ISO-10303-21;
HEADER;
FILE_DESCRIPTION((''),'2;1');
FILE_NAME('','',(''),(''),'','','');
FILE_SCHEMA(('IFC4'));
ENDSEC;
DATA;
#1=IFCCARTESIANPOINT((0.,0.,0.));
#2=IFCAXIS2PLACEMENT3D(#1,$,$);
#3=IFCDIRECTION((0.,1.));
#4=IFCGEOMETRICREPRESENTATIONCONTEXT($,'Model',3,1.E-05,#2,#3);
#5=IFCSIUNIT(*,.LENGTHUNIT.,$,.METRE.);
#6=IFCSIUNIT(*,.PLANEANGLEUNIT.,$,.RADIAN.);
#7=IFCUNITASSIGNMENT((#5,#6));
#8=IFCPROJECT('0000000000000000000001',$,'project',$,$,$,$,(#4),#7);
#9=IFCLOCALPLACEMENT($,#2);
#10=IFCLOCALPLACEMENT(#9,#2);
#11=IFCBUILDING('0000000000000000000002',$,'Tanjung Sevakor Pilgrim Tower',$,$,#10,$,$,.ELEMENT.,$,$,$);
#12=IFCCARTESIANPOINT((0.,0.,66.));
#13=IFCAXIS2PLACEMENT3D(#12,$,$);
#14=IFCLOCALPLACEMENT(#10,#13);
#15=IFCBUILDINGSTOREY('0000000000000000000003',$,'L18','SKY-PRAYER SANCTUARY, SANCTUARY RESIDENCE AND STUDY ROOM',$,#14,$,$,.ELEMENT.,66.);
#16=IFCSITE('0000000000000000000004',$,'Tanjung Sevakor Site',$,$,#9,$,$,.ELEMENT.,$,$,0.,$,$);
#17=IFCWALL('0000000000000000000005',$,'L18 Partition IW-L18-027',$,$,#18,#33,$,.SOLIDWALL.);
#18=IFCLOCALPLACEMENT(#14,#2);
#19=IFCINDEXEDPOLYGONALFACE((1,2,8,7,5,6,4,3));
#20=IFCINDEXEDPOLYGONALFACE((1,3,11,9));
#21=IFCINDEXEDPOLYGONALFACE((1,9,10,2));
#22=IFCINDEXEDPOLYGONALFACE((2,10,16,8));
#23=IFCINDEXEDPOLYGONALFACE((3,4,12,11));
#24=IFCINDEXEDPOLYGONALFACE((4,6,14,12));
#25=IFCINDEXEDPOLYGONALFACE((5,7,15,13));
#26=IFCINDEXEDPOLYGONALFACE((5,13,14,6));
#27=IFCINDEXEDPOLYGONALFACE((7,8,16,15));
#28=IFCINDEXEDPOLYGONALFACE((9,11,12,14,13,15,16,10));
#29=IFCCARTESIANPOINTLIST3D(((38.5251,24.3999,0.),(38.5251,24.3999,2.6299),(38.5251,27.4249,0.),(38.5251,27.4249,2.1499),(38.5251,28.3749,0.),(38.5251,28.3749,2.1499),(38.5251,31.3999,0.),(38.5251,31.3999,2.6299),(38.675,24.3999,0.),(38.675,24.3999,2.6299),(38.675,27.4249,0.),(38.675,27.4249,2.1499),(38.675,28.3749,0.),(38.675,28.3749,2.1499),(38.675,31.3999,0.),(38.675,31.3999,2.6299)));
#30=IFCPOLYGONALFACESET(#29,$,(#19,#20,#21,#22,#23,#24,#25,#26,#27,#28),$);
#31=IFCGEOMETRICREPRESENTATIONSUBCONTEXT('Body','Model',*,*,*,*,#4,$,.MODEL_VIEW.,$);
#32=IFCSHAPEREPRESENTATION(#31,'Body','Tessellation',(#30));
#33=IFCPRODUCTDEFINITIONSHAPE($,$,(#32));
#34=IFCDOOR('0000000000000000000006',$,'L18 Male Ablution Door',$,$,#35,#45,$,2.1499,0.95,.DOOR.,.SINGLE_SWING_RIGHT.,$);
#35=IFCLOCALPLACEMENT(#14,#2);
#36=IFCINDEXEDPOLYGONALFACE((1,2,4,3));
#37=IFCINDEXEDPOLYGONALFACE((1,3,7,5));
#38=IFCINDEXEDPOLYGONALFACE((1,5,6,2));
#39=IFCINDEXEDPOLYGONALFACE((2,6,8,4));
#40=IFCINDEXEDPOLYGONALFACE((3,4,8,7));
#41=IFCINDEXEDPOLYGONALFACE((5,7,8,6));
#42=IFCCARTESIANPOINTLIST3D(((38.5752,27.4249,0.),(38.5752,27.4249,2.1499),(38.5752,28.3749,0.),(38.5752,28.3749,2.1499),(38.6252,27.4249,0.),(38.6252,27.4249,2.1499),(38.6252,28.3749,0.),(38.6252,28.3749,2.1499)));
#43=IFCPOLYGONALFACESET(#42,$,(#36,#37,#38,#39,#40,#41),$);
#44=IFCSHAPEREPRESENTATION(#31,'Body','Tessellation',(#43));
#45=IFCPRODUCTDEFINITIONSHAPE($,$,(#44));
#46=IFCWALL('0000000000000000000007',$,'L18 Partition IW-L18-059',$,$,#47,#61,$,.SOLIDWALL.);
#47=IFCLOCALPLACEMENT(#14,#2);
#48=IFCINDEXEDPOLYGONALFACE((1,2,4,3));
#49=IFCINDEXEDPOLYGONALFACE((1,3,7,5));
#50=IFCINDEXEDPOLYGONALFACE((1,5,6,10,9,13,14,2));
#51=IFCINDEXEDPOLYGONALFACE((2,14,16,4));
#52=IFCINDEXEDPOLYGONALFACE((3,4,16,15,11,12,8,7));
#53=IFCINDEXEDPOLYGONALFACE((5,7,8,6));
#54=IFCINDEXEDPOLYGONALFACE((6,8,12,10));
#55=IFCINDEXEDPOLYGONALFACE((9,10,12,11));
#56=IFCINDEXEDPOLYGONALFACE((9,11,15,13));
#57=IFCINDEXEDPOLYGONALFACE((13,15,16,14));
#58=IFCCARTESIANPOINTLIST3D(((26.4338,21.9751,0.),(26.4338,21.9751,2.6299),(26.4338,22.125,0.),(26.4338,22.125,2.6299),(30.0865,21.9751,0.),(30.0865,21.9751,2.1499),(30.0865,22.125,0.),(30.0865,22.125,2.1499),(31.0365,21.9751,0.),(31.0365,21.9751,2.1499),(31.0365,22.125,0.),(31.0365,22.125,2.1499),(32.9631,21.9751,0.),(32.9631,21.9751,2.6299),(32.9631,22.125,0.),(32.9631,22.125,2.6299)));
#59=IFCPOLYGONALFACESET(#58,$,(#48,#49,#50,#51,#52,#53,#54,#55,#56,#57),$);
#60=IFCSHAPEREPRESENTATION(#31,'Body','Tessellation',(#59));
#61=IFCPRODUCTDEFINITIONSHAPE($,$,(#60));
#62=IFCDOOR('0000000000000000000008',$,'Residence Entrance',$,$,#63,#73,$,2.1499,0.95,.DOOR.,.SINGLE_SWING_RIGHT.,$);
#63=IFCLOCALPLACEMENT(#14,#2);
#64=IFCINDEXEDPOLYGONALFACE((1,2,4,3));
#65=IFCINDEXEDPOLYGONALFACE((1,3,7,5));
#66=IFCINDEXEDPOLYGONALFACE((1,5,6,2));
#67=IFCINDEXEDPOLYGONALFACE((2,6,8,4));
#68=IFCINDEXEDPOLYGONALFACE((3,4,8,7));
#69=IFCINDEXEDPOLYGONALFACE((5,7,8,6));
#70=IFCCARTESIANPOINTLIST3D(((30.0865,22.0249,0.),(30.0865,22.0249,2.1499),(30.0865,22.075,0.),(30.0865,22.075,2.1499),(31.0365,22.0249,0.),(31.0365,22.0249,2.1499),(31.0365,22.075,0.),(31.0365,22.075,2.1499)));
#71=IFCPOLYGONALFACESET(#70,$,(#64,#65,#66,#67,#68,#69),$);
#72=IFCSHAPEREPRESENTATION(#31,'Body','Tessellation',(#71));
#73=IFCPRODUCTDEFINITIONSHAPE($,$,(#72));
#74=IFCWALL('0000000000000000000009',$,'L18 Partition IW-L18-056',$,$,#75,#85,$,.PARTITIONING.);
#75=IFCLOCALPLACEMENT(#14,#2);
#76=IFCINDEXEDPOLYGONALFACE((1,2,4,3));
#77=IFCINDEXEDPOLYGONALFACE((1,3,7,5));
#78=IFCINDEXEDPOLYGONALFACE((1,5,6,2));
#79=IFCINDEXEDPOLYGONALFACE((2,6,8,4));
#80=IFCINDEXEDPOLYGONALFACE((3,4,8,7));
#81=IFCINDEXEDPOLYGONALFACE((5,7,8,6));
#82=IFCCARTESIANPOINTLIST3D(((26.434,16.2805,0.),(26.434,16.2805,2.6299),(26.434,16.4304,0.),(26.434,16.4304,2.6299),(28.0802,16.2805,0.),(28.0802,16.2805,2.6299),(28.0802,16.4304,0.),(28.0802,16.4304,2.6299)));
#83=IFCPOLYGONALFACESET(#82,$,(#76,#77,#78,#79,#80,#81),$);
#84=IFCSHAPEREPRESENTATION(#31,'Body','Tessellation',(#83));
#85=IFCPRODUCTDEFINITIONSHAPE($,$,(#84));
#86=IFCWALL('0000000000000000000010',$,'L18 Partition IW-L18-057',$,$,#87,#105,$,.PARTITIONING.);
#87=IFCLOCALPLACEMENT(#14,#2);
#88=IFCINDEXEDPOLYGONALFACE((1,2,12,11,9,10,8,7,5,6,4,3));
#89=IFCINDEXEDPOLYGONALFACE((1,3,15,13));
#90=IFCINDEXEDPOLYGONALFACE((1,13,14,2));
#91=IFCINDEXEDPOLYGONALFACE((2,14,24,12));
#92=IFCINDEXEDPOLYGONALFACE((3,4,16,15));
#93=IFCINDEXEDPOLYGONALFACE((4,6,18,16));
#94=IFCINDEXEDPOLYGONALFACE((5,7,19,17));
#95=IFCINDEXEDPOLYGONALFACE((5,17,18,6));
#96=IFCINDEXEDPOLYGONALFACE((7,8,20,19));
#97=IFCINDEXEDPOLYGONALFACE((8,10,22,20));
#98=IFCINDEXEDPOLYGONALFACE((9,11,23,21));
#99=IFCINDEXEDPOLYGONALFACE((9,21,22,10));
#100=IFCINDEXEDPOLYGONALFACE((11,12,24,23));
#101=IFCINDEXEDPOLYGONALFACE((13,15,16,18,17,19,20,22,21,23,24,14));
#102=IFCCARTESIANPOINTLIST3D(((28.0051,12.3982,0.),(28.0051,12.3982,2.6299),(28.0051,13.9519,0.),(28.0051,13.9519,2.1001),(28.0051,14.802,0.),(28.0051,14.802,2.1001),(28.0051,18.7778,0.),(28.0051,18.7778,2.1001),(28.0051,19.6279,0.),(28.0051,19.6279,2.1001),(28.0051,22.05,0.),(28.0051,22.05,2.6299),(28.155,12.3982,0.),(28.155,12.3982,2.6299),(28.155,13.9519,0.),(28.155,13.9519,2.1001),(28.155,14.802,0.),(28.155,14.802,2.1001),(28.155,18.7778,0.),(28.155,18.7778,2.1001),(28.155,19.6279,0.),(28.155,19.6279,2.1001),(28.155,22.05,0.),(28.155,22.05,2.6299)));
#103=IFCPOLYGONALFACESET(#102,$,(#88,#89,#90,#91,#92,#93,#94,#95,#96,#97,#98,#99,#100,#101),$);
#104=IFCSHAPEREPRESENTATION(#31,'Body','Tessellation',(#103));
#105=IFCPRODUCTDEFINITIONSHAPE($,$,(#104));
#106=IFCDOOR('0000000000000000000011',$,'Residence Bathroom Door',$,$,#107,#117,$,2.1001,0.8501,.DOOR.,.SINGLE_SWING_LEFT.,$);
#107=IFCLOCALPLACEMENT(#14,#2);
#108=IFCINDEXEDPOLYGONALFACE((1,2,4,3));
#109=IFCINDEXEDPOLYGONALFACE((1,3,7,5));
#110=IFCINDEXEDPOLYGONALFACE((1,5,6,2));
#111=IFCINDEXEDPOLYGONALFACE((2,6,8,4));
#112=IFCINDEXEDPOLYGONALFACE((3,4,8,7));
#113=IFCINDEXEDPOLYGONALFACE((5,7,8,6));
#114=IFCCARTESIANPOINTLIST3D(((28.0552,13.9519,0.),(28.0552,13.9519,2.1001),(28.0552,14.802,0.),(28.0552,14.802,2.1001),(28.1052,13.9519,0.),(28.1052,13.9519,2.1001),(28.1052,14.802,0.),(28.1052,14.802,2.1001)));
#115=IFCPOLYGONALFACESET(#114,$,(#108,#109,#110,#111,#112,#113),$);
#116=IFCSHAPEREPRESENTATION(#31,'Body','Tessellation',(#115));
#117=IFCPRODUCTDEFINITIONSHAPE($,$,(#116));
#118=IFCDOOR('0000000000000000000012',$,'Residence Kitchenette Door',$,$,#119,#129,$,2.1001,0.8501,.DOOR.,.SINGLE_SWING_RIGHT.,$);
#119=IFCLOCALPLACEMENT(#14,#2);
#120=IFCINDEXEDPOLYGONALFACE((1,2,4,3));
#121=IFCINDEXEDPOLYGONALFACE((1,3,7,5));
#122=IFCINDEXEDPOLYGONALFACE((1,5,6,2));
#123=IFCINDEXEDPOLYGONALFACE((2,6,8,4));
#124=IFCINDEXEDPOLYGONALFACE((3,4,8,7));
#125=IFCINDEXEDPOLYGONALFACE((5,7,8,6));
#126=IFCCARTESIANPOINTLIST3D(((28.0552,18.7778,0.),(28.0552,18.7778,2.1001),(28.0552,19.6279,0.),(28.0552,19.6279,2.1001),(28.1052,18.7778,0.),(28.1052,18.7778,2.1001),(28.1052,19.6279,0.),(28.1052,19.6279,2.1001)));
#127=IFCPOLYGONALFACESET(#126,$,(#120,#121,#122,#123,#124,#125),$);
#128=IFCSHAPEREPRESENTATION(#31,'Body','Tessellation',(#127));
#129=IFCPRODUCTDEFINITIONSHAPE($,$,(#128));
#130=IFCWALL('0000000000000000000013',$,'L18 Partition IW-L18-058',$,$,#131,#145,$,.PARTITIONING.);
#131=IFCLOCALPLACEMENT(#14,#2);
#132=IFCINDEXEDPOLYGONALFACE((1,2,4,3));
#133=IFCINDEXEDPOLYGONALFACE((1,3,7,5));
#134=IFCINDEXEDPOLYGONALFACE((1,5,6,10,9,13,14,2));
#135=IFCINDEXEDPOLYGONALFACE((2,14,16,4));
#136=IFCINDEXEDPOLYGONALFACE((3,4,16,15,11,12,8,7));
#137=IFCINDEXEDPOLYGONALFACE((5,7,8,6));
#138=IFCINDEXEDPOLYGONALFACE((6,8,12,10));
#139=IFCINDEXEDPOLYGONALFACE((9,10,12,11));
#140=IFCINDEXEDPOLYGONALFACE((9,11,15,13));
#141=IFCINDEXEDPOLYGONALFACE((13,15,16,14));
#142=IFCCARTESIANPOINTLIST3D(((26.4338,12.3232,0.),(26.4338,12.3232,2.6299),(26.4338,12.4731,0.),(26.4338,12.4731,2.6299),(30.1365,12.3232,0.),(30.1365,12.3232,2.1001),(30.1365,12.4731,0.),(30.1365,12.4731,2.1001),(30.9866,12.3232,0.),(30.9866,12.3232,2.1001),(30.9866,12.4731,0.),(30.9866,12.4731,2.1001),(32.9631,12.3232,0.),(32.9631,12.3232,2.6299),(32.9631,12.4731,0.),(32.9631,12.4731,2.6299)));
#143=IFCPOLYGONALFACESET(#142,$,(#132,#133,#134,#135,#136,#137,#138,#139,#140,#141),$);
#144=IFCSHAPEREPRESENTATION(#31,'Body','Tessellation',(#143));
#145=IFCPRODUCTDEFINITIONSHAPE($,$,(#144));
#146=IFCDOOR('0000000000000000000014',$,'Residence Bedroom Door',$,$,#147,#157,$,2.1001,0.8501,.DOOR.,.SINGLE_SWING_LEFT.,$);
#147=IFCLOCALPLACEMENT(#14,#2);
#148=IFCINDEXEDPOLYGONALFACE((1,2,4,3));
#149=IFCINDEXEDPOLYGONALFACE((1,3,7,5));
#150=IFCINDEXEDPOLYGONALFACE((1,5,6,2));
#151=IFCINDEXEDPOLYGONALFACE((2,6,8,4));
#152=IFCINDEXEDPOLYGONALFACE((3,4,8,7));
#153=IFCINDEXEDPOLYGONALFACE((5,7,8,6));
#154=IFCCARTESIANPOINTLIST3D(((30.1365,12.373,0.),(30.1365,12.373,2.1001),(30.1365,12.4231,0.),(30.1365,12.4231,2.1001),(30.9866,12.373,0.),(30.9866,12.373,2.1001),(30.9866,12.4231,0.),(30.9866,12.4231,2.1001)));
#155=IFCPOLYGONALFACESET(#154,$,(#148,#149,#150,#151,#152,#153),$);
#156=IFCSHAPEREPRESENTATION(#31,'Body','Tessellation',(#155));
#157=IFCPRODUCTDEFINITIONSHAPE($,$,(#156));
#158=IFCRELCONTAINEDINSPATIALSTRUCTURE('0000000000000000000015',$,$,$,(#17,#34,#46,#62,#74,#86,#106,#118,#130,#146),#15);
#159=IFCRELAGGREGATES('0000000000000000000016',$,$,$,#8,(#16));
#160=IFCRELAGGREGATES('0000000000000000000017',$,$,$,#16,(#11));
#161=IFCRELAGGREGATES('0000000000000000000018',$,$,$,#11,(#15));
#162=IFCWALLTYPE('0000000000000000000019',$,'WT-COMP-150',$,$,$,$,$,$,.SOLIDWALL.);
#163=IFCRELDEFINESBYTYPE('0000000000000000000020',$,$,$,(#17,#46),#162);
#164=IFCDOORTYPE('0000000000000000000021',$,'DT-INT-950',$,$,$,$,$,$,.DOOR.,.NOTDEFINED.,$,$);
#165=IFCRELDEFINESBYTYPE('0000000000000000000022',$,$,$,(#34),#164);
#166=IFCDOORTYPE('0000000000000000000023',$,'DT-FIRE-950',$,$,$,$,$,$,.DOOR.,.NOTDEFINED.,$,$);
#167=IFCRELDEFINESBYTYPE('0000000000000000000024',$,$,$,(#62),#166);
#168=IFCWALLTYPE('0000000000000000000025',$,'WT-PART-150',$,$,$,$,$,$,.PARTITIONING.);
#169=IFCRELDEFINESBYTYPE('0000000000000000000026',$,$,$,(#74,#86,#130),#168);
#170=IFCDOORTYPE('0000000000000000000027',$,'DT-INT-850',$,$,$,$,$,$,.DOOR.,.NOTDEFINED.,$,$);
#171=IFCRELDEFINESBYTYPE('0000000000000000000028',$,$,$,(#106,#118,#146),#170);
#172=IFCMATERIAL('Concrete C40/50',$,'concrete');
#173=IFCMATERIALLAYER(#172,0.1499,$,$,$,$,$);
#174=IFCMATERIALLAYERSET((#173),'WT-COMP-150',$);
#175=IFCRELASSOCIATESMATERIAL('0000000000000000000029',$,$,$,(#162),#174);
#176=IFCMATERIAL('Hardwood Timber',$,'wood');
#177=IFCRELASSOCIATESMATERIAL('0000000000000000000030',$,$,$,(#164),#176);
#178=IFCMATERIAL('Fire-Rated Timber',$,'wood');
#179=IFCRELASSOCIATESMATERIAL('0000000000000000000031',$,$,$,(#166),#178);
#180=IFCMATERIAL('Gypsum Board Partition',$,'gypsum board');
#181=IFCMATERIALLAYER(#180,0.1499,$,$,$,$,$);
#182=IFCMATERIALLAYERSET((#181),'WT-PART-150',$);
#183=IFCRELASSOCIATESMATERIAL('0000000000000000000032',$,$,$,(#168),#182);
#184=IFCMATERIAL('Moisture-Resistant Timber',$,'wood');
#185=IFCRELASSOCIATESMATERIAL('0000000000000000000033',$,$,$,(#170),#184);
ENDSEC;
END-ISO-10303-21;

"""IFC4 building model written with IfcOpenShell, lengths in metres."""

from ifc_helpers import new_model, si_unit, direction, frame, frame_2d, origin, place, context, subcontext, project, spatial, rectangle, extrude, material, layer, layer_set, type_object, element, fill, save


model = new_model("IFC4")

# Units and contexts
model_context = context("Model", 3, precision=1e-05, world=origin(), true_north=direction((0.0, 1.0)))
body_context = subcontext(model_context, "Body", "Model", "MODEL_VIEW")
ifc_project = project(units=[si_unit("LENGTHUNIT", "METRE"), si_unit("PLANEANGLEUNIT", "RADIAN")], contexts=[model_context])

# Site, building, storey
site_placement = place(None, origin())
site = spatial("IfcSite", under=ifc_project, at=site_placement, Name="Tanjung Sevakor Site", CompositionType="ELEMENT", RefElevation=0.0)
building_placement = place(site_placement, origin())
building = spatial("IfcBuilding", under=site, at=building_placement, Name="Tanjung Sevakor Pilgrim Tower", CompositionType="ELEMENT")
storey_placement = place(building_placement, frame((0.0, 0.0, 66.0)))
storey = spatial("IfcBuildingStorey", under=building, at=storey_placement, Name="L18", Description="SKY-PRAYER SANCTUARY, SANCTUARY RESIDENCE AND STUDY ROOM", CompositionType="ELEMENT", Elevation=66.0)

# Shared definitions
ifc_material_1 = material(Name="Concrete C40/50", Category="concrete")
ifc_layer_1 = layer(ifc_material_1, 0.1499)
ifc_layer_set_1 = layer_set([ifc_layer_1], Name="WT-COMP-150")
wall_type_1 = type_object("IfcWallType", Name="WT-COMP-150", PredefinedType="SOLIDWALL", material=ifc_layer_set_1)

# Walls, openings, doors
wall_1_placement = place(storey_placement, frame((38.6001, 24.3999, 0.0), z_axis=(0.0, 0.0, 1.0), x_axis=(0.0, 1.0, 0.0)))
wall_1 = element("IfcWall", 1, at=wall_1_placement, inside=storey, type_object=wall_type_1, Name="L18 Partition IW-L18-027", PredefinedType="SOLIDWALL", context=body_context, shape_type="SweptSolid", body=[
    extrude(rectangle(XDim=7.0, YDim=0.1499, at=frame_2d((3.5, 0.0))), origin(), (0.0, 0.0, 1.0), 2.6299),
])
opening_1_placement = place(wall_1_placement, frame((3.0249, 0.0, 0.0)))
opening_1 = element("IfcOpeningElement", 2, at=opening_1_placement, cuts=wall_1, PredefinedType="OPENING", context=body_context, shape_type="SweptSolid", body=[
    extrude(rectangle(XDim=0.95, YDim=2.1499, at=frame_2d((0.4751, 1.075))), frame((0.0, 0.085, 0.0), z_axis=(0.0, -1.0, 0.0), x_axis=(1.0, 0.0, 0.0)), (0.0, 0.0, 1.0), 0.1699),
])
ifc_material_2 = material(Name="Hardwood Timber", Category="wood")
door_type_1 = type_object("IfcDoorType", Name="DT-INT-950", OperationType="NOTDEFINED", PredefinedType="DOOR", material=ifc_material_2)
door_1_placement = place(opening_1_placement, origin())
door_1 = element("IfcDoor", 3, at=door_1_placement, inside=storey, type_object=door_type_1, Name="L18 Male Ablution Door", OperationType="SINGLE_SWING_RIGHT", OverallHeight=2.1499, OverallWidth=0.95, PredefinedType="DOOR", context=body_context, shape_type="SweptSolid", body=[
    extrude(rectangle(XDim=0.95, YDim=2.1499, at=frame_2d((0.4751, 1.075))), frame((0.0, 0.0249, 0.0), z_axis=(0.0, -1.0, 0.0), x_axis=(1.0, 0.0, 0.0)), (0.0, 0.0, 1.0), 0.05),
])
fill(opening_1, door_1)
wall_2_placement = place(storey_placement, frame((26.4338, 22.05, 0.0), z_axis=(0.0, 0.0, 1.0), x_axis=(1.0, 0.0, 0.0)))
wall_2 = element("IfcWall", 4, at=wall_2_placement, inside=storey, type_object=wall_type_1, Name="L18 Partition IW-L18-059", PredefinedType="SOLIDWALL", context=body_context, shape_type="SweptSolid", body=[
    extrude(rectangle(XDim=6.5293, YDim=0.1499, at=frame_2d((3.2646, 0.0))), origin(), (0.0, 0.0, 1.0), 2.6299),
])
opening_2_placement = place(wall_2_placement, frame((3.6526, 0.0, 0.0)))
opening_2 = element("IfcOpeningElement", 5, at=opening_2_placement, cuts=wall_2, PredefinedType="OPENING", context=body_context, shape_type="SweptSolid", body=[
    extrude(rectangle(XDim=0.95, YDim=2.1499, at=frame_2d((0.4751, 1.075))), frame((0.0, 0.085, 0.0), z_axis=(0.0, -1.0, 0.0), x_axis=(1.0, 0.0, 0.0)), (0.0, 0.0, 1.0), 0.1699),
])
ifc_material_3 = material(Name="Fire-Rated Timber", Category="wood")
door_type_2 = type_object("IfcDoorType", Name="DT-FIRE-950", OperationType="NOTDEFINED", PredefinedType="DOOR", material=ifc_material_3)
door_2_placement = place(opening_2_placement, origin())
door_2 = element("IfcDoor", 6, at=door_2_placement, inside=storey, type_object=door_type_2, Name="Residence Entrance", OperationType="SINGLE_SWING_RIGHT", OverallHeight=2.1499, OverallWidth=0.95, PredefinedType="DOOR", context=body_context, shape_type="SweptSolid", body=[
    extrude(rectangle(XDim=0.95, YDim=2.1499, at=frame_2d((0.4751, 1.075))), frame((0.0, 0.0249, 0.0), z_axis=(0.0, -1.0, 0.0), x_axis=(1.0, 0.0, 0.0)), (0.0, 0.0, 1.0), 0.05),
])
fill(opening_2, door_2)

# Wall
ifc_material_4 = material(Name="Gypsum Board Partition", Category="gypsum board")
ifc_layer_2 = layer(ifc_material_4, 0.1499)
ifc_layer_set_2 = layer_set([ifc_layer_2], Name="WT-PART-150")
wall_type_2 = type_object("IfcWallType", Name="WT-PART-150", PredefinedType="PARTITIONING", material=ifc_layer_set_2)
wall_3_placement = place(storey_placement, frame((26.4338, 16.3555, 0.0), z_axis=(0.0, 0.0, 1.0), x_axis=(1.0, 0.0, 0.0)))
element("IfcWall", 7, at=wall_3_placement, inside=storey, type_object=wall_type_2, Name="L18 Partition IW-L18-056", PredefinedType="PARTITIONING", context=body_context, shape_type="SweptSolid", body=[
    extrude(rectangle(XDim=1.6462, YDim=0.1499, at=frame_2d((0.8232, 0.0))), origin(), (0.0, 0.0, 1.0), 2.6299),
])

# Wall, openings, doors
wall_4_placement = place(storey_placement, frame((28.0801, 12.3982, 0.0), z_axis=(0.0, 0.0, 1.0), x_axis=(0.0, 1.0, 0.0)))
wall_4 = element("IfcWall", 8, at=wall_4_placement, inside=storey, type_object=wall_type_2, Name="L18 Partition IW-L18-057", PredefinedType="PARTITIONING", context=body_context, shape_type="SweptSolid", body=[
    extrude(rectangle(XDim=9.6519, YDim=0.1499, at=frame_2d((4.8259, 0.0))), origin(), (0.0, 0.0, 1.0), 2.6299),
])
opening_3_placement = place(wall_4_placement, frame((1.5537, 0.0, 0.0)))
opening_3 = element("IfcOpeningElement", 9, at=opening_3_placement, cuts=wall_4, PredefinedType="OPENING", context=body_context, shape_type="SweptSolid", body=[
    extrude(rectangle(XDim=0.8501, YDim=2.1001, at=frame_2d((0.425, 1.05))), frame((0.0, 0.085, 0.0), z_axis=(0.0, -1.0, 0.0), x_axis=(1.0, 0.0, 0.0)), (0.0, 0.0, 1.0), 0.1699),
])
opening_4_placement = place(wall_4_placement, frame((6.3796, 0.0, 0.0)))
opening_4 = element("IfcOpeningElement", 10, at=opening_4_placement, cuts=wall_4, PredefinedType="OPENING", context=body_context, shape_type="SweptSolid", body=[
    extrude(rectangle(XDim=0.8501, YDim=2.1001, at=frame_2d((0.425, 1.05))), frame((0.0, 0.085, 0.0), z_axis=(0.0, -1.0, 0.0), x_axis=(1.0, 0.0, 0.0)), (0.0, 0.0, 1.0), 0.1699),
])
ifc_material_5 = material(Name="Moisture-Resistant Timber", Category="wood")
door_type_3 = type_object("IfcDoorType", Name="DT-INT-850", OperationType="NOTDEFINED", PredefinedType="DOOR", material=ifc_material_5)
door_3_placement = place(opening_3_placement, origin())
door_3 = element("IfcDoor", 11, at=door_3_placement, inside=storey, type_object=door_type_3, Name="Residence Bathroom Door", OperationType="SINGLE_SWING_LEFT", OverallHeight=2.1001, OverallWidth=0.8501, PredefinedType="DOOR", context=body_context, shape_type="SweptSolid", body=[
    extrude(rectangle(XDim=0.8501, YDim=2.1001, at=frame_2d((0.425, 1.05))), frame((0.0, 0.0249, 0.0), z_axis=(0.0, -1.0, 0.0), x_axis=(1.0, 0.0, 0.0)), (0.0, 0.0, 1.0), 0.05),
])
fill(opening_3, door_3)
door_4_placement = place(opening_4_placement, origin())
door_4 = element("IfcDoor", 12, at=door_4_placement, inside=storey, type_object=door_type_3, Name="Residence Kitchenette Door", OperationType="SINGLE_SWING_RIGHT", OverallHeight=2.1001, OverallWidth=0.8501, PredefinedType="DOOR", context=body_context, shape_type="SweptSolid", body=[
    extrude(rectangle(XDim=0.8501, YDim=2.1001, at=frame_2d((0.425, 1.05))), frame((0.0, 0.0249, 0.0), z_axis=(0.0, -1.0, 0.0), x_axis=(1.0, 0.0, 0.0)), (0.0, 0.0, 1.0), 0.05),
])
fill(opening_4, door_4)

# Wall, opening, door
wall_5_placement = place(storey_placement, frame((26.4338, 12.3982, 0.0), z_axis=(0.0, 0.0, 1.0), x_axis=(1.0, 0.0, 0.0)))
wall_5 = element("IfcWall", 13, at=wall_5_placement, inside=storey, type_object=wall_type_2, Name="L18 Partition IW-L18-058", PredefinedType="PARTITIONING", context=body_context, shape_type="SweptSolid", body=[
    extrude(rectangle(XDim=6.5293, YDim=0.1499, at=frame_2d((3.2646, 0.0))), origin(), (0.0, 0.0, 1.0), 2.6299),
])
opening_5_placement = place(wall_5_placement, frame((3.7026, 0.0, 0.0)))
opening_5 = element("IfcOpeningElement", 14, at=opening_5_placement, cuts=wall_5, PredefinedType="OPENING", context=body_context, shape_type="SweptSolid", body=[
    extrude(rectangle(XDim=0.8501, YDim=2.1001, at=frame_2d((0.425, 1.05))), frame((0.0, 0.085, 0.0), z_axis=(0.0, -1.0, 0.0), x_axis=(1.0, 0.0, 0.0)), (0.0, 0.0, 1.0), 0.1699),
])
door_5_placement = place(opening_5_placement, origin())
door_5 = element("IfcDoor", 15, at=door_5_placement, inside=storey, type_object=door_type_3, Name="Residence Bedroom Door", OperationType="SINGLE_SWING_LEFT", OverallHeight=2.1001, OverallWidth=0.8501, PredefinedType="DOOR", context=body_context, shape_type="SweptSolid", body=[
    extrude(rectangle(XDim=0.8501, YDim=2.1001, at=frame_2d((0.425, 1.05))), frame((0.0, 0.0249, 0.0), z_axis=(0.0, -1.0, 0.0), x_axis=(1.0, 0.0, 0.0)), (0.0, 0.0, 1.0), 0.05),
])
fill(opening_5, door_5)

save(model, "model.ifc")
